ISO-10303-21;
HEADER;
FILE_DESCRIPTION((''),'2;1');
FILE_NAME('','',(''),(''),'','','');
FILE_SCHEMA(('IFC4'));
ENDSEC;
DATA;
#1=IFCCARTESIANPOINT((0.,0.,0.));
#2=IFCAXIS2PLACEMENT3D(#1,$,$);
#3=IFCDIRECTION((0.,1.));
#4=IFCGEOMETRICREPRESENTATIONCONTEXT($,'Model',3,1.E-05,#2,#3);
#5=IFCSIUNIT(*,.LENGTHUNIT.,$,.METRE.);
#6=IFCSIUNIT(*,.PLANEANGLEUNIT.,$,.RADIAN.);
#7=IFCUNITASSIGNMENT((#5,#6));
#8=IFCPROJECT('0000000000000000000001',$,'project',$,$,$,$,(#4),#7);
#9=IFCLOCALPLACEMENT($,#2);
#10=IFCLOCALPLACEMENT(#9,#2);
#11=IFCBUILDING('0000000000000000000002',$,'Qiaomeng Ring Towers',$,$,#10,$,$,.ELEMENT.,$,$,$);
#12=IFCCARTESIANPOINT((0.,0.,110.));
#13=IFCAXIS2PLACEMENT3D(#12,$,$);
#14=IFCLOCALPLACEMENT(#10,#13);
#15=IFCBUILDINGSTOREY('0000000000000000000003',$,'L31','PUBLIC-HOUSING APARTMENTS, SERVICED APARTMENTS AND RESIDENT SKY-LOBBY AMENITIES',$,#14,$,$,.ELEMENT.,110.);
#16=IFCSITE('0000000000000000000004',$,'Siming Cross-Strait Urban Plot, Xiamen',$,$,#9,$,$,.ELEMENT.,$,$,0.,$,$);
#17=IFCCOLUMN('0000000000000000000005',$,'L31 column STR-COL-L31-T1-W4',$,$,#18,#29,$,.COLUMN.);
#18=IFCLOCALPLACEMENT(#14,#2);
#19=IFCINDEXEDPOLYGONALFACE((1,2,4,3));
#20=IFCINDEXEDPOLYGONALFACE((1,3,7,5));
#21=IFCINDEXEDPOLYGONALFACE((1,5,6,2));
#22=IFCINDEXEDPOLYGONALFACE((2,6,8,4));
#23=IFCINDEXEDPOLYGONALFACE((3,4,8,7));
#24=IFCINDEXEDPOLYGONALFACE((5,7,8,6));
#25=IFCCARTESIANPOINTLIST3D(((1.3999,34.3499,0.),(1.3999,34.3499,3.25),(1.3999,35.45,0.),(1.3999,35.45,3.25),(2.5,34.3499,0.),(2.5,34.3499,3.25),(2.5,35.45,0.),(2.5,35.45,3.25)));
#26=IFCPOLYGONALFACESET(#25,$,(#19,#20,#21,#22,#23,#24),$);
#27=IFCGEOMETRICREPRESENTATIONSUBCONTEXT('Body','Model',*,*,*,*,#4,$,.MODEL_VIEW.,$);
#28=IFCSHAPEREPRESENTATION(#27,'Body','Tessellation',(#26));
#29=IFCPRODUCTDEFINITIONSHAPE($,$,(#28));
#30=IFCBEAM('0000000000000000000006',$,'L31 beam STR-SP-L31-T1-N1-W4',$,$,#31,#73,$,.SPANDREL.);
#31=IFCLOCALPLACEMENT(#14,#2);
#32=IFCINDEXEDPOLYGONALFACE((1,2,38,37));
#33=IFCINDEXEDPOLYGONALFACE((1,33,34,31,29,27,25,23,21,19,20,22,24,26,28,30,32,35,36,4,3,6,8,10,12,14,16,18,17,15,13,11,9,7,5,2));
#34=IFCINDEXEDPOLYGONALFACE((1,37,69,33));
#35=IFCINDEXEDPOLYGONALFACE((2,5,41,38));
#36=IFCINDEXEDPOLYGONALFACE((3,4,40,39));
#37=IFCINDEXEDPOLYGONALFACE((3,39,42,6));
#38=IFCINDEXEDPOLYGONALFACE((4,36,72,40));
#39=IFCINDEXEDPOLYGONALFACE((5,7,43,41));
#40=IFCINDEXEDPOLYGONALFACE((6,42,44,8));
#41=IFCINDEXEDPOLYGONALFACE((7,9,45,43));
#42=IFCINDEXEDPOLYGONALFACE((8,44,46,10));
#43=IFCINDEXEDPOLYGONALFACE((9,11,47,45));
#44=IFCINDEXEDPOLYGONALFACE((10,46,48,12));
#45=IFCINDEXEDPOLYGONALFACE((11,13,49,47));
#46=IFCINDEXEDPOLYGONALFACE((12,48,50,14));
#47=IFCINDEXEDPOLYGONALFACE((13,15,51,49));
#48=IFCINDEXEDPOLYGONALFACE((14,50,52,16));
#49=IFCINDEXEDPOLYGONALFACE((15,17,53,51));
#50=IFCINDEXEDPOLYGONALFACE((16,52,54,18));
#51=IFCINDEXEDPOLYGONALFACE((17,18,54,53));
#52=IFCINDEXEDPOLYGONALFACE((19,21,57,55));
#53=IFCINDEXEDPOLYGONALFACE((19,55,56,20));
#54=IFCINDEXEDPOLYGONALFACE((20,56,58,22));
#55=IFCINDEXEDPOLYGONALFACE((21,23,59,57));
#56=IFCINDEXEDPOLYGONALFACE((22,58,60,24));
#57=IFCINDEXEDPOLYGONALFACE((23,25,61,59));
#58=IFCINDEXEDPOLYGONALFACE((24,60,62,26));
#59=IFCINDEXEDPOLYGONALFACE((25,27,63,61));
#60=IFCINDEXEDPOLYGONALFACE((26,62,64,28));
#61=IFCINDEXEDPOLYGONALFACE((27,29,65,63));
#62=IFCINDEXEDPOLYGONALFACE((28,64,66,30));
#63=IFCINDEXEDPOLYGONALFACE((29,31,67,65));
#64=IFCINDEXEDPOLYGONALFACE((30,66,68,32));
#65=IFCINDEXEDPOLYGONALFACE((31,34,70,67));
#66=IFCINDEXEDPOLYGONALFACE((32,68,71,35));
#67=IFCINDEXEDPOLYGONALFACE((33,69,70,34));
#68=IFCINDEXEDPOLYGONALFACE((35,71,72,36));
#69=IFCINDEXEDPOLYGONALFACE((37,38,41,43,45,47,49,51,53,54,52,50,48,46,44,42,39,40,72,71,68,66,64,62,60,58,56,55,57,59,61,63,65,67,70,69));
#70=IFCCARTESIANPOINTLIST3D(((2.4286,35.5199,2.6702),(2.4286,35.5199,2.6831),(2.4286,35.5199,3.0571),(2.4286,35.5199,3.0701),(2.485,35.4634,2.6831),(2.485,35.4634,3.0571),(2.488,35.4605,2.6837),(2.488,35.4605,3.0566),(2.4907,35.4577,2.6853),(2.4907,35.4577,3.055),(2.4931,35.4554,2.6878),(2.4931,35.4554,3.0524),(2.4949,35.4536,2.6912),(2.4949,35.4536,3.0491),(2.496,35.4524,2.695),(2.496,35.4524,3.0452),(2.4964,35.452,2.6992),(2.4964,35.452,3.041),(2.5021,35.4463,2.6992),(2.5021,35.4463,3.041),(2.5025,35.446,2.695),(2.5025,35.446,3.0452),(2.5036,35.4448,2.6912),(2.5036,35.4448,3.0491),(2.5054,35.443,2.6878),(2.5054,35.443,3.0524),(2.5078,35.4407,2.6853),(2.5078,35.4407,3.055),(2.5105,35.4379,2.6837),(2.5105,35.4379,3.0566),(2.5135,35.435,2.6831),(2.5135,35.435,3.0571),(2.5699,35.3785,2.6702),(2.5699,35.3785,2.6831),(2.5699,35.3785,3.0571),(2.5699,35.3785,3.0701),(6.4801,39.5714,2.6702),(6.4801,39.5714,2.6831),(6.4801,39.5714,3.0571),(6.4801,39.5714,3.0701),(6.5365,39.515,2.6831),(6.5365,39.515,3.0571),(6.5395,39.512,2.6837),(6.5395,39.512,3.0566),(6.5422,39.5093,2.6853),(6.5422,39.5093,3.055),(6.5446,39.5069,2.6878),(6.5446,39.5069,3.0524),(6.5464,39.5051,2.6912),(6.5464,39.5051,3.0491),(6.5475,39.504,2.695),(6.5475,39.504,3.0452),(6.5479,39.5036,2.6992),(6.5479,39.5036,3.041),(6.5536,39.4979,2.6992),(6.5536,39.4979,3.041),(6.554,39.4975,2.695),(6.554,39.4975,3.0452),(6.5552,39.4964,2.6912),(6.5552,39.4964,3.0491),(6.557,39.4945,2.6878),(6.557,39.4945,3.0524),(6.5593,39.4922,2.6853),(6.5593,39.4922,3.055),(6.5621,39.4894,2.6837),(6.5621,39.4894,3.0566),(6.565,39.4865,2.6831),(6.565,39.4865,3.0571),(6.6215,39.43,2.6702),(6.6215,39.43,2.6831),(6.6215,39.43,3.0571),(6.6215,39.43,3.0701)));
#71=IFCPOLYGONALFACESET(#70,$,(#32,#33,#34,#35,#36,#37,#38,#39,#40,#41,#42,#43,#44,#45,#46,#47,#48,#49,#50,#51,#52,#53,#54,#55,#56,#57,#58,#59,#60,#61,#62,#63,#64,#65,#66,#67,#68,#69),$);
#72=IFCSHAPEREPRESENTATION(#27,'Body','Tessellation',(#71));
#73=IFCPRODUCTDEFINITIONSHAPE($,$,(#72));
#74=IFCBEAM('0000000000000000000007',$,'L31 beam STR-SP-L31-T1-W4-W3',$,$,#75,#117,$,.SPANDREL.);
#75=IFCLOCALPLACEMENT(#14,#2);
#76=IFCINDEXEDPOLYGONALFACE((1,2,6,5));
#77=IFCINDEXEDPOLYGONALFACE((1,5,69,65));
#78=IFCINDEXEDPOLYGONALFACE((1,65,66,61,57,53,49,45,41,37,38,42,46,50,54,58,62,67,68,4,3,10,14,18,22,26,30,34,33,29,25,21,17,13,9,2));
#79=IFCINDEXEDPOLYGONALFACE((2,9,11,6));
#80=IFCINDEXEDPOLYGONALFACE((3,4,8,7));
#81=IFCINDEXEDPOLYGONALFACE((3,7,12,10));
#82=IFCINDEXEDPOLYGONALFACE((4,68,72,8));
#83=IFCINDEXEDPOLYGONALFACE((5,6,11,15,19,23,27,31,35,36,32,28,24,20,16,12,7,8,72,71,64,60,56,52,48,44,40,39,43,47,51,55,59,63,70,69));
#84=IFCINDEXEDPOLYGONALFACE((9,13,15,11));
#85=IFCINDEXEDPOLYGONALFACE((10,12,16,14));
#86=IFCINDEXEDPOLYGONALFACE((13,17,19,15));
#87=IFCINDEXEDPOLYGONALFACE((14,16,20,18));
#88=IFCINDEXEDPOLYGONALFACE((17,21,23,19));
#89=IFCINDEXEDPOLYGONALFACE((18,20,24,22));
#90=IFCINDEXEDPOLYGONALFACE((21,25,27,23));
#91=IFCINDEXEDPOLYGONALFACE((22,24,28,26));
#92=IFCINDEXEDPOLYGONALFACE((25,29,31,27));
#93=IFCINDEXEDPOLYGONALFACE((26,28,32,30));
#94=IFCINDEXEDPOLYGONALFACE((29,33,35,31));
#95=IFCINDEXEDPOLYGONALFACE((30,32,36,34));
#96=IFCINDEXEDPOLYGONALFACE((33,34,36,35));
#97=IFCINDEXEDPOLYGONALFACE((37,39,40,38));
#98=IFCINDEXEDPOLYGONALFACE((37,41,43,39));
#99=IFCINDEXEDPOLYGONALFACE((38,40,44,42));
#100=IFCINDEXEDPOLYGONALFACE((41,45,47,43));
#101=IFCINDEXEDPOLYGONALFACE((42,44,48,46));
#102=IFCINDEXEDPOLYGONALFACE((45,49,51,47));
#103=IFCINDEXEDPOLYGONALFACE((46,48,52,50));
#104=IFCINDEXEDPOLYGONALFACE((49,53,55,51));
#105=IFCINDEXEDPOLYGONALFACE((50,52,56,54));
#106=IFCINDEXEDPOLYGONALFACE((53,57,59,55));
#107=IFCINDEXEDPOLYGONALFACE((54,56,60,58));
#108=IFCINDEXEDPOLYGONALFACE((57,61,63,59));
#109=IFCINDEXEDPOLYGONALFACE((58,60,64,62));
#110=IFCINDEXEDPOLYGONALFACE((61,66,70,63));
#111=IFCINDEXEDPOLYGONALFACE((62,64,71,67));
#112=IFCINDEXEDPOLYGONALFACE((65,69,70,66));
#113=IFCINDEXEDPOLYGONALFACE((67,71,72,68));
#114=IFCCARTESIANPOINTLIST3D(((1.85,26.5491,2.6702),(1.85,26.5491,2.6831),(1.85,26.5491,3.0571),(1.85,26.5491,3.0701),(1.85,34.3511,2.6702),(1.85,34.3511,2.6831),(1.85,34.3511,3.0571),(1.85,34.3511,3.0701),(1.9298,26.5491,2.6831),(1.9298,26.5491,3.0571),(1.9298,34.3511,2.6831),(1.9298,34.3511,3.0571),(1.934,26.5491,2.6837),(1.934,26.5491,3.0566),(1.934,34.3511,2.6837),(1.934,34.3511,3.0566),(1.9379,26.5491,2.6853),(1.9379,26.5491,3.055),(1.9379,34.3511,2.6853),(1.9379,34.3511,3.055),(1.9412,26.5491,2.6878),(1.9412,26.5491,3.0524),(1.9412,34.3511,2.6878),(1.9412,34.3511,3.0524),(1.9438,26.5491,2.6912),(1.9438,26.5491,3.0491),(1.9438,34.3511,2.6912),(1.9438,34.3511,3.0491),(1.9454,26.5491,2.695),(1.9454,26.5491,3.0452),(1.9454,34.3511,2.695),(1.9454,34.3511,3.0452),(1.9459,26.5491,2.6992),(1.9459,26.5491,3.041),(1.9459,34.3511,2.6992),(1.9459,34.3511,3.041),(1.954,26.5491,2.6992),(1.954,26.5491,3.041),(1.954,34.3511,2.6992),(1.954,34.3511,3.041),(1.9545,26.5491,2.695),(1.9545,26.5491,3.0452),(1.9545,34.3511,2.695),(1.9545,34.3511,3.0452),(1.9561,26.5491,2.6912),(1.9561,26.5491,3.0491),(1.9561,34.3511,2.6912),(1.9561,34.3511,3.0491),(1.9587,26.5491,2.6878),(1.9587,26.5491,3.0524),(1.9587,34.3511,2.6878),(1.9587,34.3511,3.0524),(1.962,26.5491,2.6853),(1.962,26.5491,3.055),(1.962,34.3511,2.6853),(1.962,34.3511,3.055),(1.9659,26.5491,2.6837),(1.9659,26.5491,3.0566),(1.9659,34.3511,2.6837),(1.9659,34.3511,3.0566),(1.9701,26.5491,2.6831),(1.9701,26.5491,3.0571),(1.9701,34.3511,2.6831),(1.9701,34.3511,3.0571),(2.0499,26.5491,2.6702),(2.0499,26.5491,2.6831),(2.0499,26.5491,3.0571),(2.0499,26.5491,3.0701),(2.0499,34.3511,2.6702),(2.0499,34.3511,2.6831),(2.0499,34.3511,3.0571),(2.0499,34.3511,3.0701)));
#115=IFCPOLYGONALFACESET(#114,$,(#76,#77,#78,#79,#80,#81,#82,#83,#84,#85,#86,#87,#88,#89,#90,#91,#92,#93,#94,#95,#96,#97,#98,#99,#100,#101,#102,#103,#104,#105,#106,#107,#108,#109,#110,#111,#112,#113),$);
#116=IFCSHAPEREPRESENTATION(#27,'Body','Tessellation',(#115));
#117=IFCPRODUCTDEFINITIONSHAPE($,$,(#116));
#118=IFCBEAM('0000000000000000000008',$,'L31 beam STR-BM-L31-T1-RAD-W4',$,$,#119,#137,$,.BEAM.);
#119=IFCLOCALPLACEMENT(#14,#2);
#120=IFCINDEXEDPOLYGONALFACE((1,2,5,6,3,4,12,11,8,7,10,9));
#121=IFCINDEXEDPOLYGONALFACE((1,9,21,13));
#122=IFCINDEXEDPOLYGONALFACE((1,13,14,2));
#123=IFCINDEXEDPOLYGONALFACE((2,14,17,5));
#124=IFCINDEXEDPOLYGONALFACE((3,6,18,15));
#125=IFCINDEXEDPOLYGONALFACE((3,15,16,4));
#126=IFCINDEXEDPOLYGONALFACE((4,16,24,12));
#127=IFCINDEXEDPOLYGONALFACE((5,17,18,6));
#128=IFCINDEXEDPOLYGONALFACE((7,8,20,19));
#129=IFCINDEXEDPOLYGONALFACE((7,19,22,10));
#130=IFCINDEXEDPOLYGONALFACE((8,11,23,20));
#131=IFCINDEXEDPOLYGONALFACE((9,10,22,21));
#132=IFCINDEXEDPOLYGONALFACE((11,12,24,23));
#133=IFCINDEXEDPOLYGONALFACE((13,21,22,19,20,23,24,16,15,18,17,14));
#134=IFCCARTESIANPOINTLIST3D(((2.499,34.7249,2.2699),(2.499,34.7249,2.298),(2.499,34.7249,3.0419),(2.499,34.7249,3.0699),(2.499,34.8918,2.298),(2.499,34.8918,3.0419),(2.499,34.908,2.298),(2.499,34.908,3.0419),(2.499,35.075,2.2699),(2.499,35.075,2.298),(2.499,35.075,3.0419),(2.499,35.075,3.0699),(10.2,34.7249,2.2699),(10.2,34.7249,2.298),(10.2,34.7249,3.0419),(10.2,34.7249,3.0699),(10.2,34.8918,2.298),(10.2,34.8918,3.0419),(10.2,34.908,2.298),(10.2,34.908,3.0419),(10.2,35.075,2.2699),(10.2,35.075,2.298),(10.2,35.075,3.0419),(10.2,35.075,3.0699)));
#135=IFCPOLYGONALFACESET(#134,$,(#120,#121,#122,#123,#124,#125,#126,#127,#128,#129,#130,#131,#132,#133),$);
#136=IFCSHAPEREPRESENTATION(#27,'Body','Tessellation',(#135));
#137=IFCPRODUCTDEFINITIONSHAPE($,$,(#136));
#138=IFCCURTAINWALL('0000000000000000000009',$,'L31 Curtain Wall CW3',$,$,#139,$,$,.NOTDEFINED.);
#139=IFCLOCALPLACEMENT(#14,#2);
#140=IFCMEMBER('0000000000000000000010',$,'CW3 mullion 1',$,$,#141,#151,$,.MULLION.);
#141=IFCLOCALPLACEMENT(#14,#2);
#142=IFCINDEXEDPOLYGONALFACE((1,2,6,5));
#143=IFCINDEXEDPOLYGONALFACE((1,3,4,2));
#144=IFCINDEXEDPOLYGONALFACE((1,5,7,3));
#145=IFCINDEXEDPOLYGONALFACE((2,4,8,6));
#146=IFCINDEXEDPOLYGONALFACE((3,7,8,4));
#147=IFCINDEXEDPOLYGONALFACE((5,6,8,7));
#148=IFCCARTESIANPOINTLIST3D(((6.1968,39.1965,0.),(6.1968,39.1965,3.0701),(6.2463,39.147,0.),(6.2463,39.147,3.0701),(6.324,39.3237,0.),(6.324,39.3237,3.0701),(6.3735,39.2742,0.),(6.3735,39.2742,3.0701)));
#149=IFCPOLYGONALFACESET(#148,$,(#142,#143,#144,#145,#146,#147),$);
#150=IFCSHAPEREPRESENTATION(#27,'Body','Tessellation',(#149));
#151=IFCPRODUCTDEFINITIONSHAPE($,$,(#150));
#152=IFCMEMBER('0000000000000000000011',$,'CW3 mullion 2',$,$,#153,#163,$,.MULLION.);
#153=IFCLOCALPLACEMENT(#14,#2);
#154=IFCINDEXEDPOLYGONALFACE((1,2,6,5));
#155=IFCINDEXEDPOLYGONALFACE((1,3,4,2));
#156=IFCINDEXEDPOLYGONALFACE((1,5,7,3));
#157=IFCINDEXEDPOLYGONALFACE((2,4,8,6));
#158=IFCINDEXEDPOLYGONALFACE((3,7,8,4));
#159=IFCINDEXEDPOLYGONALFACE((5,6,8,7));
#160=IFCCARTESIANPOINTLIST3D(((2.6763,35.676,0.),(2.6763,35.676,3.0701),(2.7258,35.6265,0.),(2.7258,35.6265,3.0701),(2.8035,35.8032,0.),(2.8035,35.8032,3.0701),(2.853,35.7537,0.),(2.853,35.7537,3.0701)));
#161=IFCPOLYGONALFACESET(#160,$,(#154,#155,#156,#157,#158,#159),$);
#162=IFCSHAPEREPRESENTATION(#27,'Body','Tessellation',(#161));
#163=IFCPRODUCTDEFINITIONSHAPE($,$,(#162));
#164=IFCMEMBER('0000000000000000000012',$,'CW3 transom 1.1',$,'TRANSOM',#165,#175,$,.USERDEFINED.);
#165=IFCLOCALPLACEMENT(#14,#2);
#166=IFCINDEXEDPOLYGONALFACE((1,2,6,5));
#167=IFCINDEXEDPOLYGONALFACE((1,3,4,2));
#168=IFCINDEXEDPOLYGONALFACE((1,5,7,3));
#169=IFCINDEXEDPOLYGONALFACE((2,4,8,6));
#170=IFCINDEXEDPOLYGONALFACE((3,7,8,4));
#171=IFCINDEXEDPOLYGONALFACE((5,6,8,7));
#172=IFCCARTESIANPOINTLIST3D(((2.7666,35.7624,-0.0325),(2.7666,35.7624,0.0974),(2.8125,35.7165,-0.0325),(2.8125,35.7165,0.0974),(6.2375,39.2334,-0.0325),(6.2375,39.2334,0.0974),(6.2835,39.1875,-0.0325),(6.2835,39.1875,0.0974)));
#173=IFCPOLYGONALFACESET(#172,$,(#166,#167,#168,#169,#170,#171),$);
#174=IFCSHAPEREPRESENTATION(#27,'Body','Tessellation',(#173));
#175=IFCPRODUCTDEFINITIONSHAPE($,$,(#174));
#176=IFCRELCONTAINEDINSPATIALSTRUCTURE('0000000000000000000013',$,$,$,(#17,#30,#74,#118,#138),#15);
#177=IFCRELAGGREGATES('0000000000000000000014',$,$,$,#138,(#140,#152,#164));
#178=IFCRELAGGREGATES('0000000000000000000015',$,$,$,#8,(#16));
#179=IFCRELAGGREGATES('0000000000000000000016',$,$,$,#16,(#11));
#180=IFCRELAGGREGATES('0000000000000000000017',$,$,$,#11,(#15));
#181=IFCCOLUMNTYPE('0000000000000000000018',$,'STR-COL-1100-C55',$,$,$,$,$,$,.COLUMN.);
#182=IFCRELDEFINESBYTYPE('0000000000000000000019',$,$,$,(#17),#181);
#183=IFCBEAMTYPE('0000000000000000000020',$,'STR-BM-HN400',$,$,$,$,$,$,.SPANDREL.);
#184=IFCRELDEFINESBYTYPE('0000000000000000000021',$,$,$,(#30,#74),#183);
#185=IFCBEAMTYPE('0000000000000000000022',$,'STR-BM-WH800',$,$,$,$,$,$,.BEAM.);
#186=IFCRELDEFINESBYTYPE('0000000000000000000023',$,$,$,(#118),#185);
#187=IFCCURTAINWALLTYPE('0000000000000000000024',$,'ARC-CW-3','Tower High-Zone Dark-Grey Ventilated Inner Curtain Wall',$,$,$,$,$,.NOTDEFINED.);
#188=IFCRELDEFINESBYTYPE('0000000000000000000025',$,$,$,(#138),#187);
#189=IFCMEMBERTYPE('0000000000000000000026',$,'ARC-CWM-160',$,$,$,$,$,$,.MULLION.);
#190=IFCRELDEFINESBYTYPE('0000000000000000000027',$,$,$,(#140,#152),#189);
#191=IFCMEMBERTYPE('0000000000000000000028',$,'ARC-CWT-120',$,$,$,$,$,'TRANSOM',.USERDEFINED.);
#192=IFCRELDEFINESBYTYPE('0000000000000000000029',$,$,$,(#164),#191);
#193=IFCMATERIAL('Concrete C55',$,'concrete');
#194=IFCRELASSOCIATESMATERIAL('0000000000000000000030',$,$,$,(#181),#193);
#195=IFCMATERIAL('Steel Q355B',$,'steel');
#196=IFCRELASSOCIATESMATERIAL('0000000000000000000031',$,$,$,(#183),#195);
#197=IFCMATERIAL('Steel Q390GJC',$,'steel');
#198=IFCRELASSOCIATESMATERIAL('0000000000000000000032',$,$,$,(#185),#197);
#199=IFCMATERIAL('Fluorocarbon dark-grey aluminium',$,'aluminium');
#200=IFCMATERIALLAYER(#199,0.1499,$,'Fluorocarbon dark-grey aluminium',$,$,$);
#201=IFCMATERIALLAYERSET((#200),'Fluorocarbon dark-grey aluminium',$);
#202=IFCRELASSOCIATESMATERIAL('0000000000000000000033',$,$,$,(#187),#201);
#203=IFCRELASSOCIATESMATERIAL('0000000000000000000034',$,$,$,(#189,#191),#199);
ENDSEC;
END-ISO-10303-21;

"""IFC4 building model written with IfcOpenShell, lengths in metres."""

from ifc_helpers import new_model, si_unit, direction, frame, origin, origin_2d, place, context, subcontext, project, spatial, rectangle, i_section, extrude, source, transform, mapped, material, layer, layer_set, material_profile, profile_set, type_object, element, aggregate, save


model = new_model("IFC4")

# Units and contexts
model_context = context("Model", 3, precision=1e-05, world=origin(), true_north=direction((0.0, 1.0)))
body_context = subcontext(model_context, "Body", "Model", "MODEL_VIEW")
ifc_project = project(units=[si_unit("LENGTHUNIT", "METRE"), si_unit("PLANEANGLEUNIT", "RADIAN")], contexts=[model_context])

# Site, building, storey
site_placement = place(None, origin())
site = spatial("IfcSite", under=ifc_project, at=site_placement, Name="Siming Cross-Strait Urban Plot, Xiamen", CompositionType="ELEMENT", RefElevation=0.0)
building_placement = place(site_placement, origin())
building = spatial("IfcBuilding", under=site, at=building_placement, Name="Qiaomeng Ring Towers", CompositionType="ELEMENT")
storey_placement = place(building_placement, frame((0.0, 0.0, 110.0)))
storey = spatial("IfcBuildingStorey", under=building, at=storey_placement, Name="L31", Description="PUBLIC-HOUSING APARTMENTS, SERVICED APARTMENTS AND RESIDENT SKY-LOBBY AMENITIES", CompositionType="ELEMENT", Elevation=110.0)

# Column
ifc_material_1 = material(Name="Concrete C55", Category="concrete")
ifc_material_profile_1 = material_profile(ifc_material_1, rectangle(XDim=1.1001, YDim=1.1001, at=origin_2d()), Name="RC COL 1100x1100")
ifc_profile_set_1 = profile_set([ifc_material_profile_1], Name="Concrete C55")
column_type = type_object("IfcColumnType", Name="STR-COL-1100-C55", PredefinedType="COLUMN", material=ifc_profile_set_1)
shared_shape_1 = source(origin(), body_context, "Body", "SweptSolid", [
    extrude(rectangle(XDim=1.1001, YDim=1.1001, at=origin_2d()), origin(), (0.0, 0.0, 1.0), 3.25),
])
column_placement = place(storey_placement, frame((1.95, 34.8999, 0.0), z_axis=(0.0, 0.0, 1.0), x_axis=(1.0, 0.0, 0.0)))
element("IfcColumn", 1, at=column_placement, inside=storey, type_object=column_type, Name="L31 column STR-COL-L31-T1-W4", PredefinedType="COLUMN", context=body_context, shape_type="MappedRepresentation", body=[
    mapped(shared_shape_1, transform((0.0, 0.0, 0.0), x_axis=(1.0, 0.0, 0.0), y_axis=(0.0, 1.0, 0.0), z_axis=(0.0, 0.0, 1.0), scale=1.0)),
])

# Beams
ifc_material_2 = material(Name="Steel Q355B", Category="steel")
ifc_material_profile_2 = material_profile(ifc_material_2, i_section(OverallWidth=0.2, OverallDepth=0.3999, WebThickness=0.0081, FlangeThickness=0.0129, FilletRadius=0.0161, at=origin_2d()), Name="HN 400x200x8x13")
ifc_profile_set_2 = profile_set([ifc_material_profile_2], Name="Steel Q355B")
beam_type_1 = type_object("IfcBeamType", Name="STR-BM-HN400", PredefinedType="SPANDREL", material=ifc_profile_set_2)
shared_shape_2 = source(origin(), body_context, "Body", "SweptSolid", [
    extrude(i_section(OverallWidth=0.2, OverallDepth=0.3999, WebThickness=0.0081, FlangeThickness=0.0129, FilletRadius=0.0161, at=origin_2d()), origin(), (0.0, 0.0, 1.0), 5.7297),
])
beam_1_placement = place(storey_placement, frame((6.5508, 39.5007, 2.8701), z_axis=(-0.707107, -0.707107, 0.0), x_axis=(0.707107, -0.707107, 0.0)))
element("IfcBeam", 2, at=beam_1_placement, inside=storey, type_object=beam_type_1, Name="L31 beam STR-SP-L31-T1-N1-W4", PredefinedType="SPANDREL", context=body_context, shape_type="MappedRepresentation", body=[
    mapped(shared_shape_2, transform((0.0, 0.0, 0.0), x_axis=(1.0, 0.0, 0.0), y_axis=(0.0, 1.0, 0.0), z_axis=(0.0, 0.0, 1.0), scale=1.0)),
])
shared_shape_3 = source(origin(), body_context, "Body", "SweptSolid", [
    extrude(i_section(OverallWidth=0.2, OverallDepth=0.3999, WebThickness=0.0081, FlangeThickness=0.0129, FilletRadius=0.0161, at=origin_2d()), origin(), (0.0, 0.0, 1.0), 7.802),
])
beam_2_placement = place(storey_placement, frame((1.95, 34.3511, 2.8701), z_axis=(0.0, -1.0, 0.0), x_axis=(1.0, 0.0, 0.0)))
element("IfcBeam", 3, at=beam_2_placement, inside=storey, type_object=beam_type_1, Name="L31 beam STR-SP-L31-T1-W4-W3", PredefinedType="SPANDREL", context=body_context, shape_type="MappedRepresentation", body=[
    mapped(shared_shape_3, transform((0.0, 0.0, 0.0), x_axis=(1.0, 0.0, 0.0), y_axis=(0.0, 1.0, 0.0), z_axis=(0.0, 0.0, 1.0), scale=1.0)),
])
ifc_material_3 = material(Name="Steel Q390GJC", Category="steel")
ifc_material_profile_3 = material_profile(ifc_material_3, i_section(OverallWidth=0.3501, OverallDepth=0.8, WebThickness=0.0161, FlangeThickness=0.0281, at=origin_2d()), Name="WH 800x350x16x28")
ifc_profile_set_3 = profile_set([ifc_material_profile_3], Name="Steel Q390GJC")
beam_type_2 = type_object("IfcBeamType", Name="STR-BM-WH800", PredefinedType="BEAM", material=ifc_profile_set_3)
shared_shape_4 = source(origin(), body_context, "Body", "SweptSolid", [
    extrude(i_section(OverallWidth=0.3501, OverallDepth=0.8, WebThickness=0.0161, FlangeThickness=0.0281, at=origin_2d()), origin(), (0.0, 0.0, 1.0), 7.7009),
])
beam_3_placement = place(storey_placement, frame((2.499, 34.8999, 2.6699), z_axis=(1.0, 0.0, 0.0), x_axis=(0.0, 1.0, 0.0)))
element("IfcBeam", 4, at=beam_3_placement, inside=storey, type_object=beam_type_2, Name="L31 beam STR-BM-L31-T1-RAD-W4", PredefinedType="BEAM", context=body_context, shape_type="MappedRepresentation", body=[
    mapped(shared_shape_4, transform((0.0, 0.0, 0.0), x_axis=(1.0, 0.0, 0.0), y_axis=(0.0, 1.0, 0.0), z_axis=(0.0, 0.0, 1.0), scale=1.0)),
])

# Curtain wall, members
ifc_material_4 = material(Name="Fluorocarbon dark-grey aluminium", Category="aluminium")
ifc_layer_1 = layer(ifc_material_4, 0.1499, Name="Fluorocarbon dark-grey aluminium")
ifc_layer_set_1 = layer_set([ifc_layer_1], Name="Fluorocarbon dark-grey aluminium")
curtain_wall_type = type_object("IfcCurtainWallType", Name="ARC-CW-3", Description="Tower High-Zone Dark-Grey Ventilated Inner Curtain Wall", PredefinedType="NOTDEFINED", material=ifc_layer_set_1)
curtain_wall_placement = place(storey_placement, origin())
curtain_wall = element("IfcCurtainWall", 5, at=curtain_wall_placement, inside=storey, type_object=curtain_wall_type, Name="L31 Curtain Wall CW3", PredefinedType="NOTDEFINED")
ifc_material_profile_4 = material_profile(ifc_material_4, rectangle(XDim=0.0701, YDim=0.1799, at=origin_2d()), Name="ALU MULL 70x180")
ifc_profile_set_4 = profile_set([ifc_material_profile_4], Name="Fluorocarbon dark-grey aluminium")
member_type_1 = type_object("IfcMemberType", Name="ARC-CWM-160", PredefinedType="MULLION", material=ifc_profile_set_4)
shared_shape_5 = source(origin(), body_context, "Body", "SweptSolid", [
    extrude(rectangle(XDim=0.0701, YDim=0.1799, at=origin_2d()), origin(), (0.0, 0.0, 1.0), 3.0701),
])
member_1_placement = place(storey_placement, frame((6.2852, 39.2354, 0.0), z_axis=(0.0, 0.0, 1.0), x_axis=(0.707107, -0.707107, 0.0)))
member_1 = element("IfcMember", 6, at=member_1_placement, type_object=member_type_1, Name="CW3 mullion 1", PredefinedType="MULLION", context=body_context, shape_type="MappedRepresentation", body=[
    mapped(shared_shape_5, transform((0.0, 0.0, 0.0), x_axis=(1.0, 0.0, 0.0), y_axis=(0.0, 1.0, 0.0), z_axis=(0.0, 0.0, 1.0), scale=1.0)),
])
member_2_placement = place(storey_placement, frame((2.7646, 35.7148, 0.0), z_axis=(0.0, 0.0, 1.0), x_axis=(0.707107, -0.707107, 0.0)))
member_2 = element("IfcMember", 7, at=member_2_placement, type_object=member_type_1, Name="CW3 mullion 2", PredefinedType="MULLION", context=body_context, shape_type="MappedRepresentation", body=[
    mapped(shared_shape_5, transform((0.0, 0.0, 0.0), x_axis=(1.0, 0.0, 0.0), y_axis=(0.0, 1.0, 0.0), z_axis=(0.0, 0.0, 1.0), scale=1.0)),
])
ifc_material_profile_5 = material_profile(ifc_material_4, rectangle(XDim=0.0649, YDim=0.1299, at=origin_2d()), Name="ALU TRAN 65x130")
ifc_profile_set_5 = profile_set([ifc_material_profile_5], Name="Fluorocarbon dark-grey aluminium")
member_type_2 = type_object("IfcMemberType", Name="ARC-CWT-120", ElementType="TRANSOM", PredefinedType="USERDEFINED", material=ifc_profile_set_5)
shared_shape_6 = source(origin(), body_context, "Body", "SweptSolid", [
    extrude(rectangle(XDim=0.0649, YDim=0.1299, at=origin_2d()), origin(), (0.0, 0.0, 1.0), 4.9087),
])
member_3_placement = place(storey_placement, frame((6.2605, 39.2104, 0.0325), z_axis=(-0.707107, -0.707107, 0.0), x_axis=(0.707107, -0.707107, 0.0)))
member_3 = element("IfcMember", 8, at=member_3_placement, type_object=member_type_2, Name="CW3 transom 1.1", ObjectType="TRANSOM", PredefinedType="USERDEFINED", context=body_context, shape_type="MappedRepresentation", body=[
    mapped(shared_shape_6, transform((0.0, 0.0, 0.0), x_axis=(1.0, 0.0, 0.0), y_axis=(0.0, 1.0, 0.0), z_axis=(0.0, 0.0, 1.0), scale=1.0)),
])
aggregate(curtain_wall, [member_1, member_2, member_3])

save(model, "model.ifc")
